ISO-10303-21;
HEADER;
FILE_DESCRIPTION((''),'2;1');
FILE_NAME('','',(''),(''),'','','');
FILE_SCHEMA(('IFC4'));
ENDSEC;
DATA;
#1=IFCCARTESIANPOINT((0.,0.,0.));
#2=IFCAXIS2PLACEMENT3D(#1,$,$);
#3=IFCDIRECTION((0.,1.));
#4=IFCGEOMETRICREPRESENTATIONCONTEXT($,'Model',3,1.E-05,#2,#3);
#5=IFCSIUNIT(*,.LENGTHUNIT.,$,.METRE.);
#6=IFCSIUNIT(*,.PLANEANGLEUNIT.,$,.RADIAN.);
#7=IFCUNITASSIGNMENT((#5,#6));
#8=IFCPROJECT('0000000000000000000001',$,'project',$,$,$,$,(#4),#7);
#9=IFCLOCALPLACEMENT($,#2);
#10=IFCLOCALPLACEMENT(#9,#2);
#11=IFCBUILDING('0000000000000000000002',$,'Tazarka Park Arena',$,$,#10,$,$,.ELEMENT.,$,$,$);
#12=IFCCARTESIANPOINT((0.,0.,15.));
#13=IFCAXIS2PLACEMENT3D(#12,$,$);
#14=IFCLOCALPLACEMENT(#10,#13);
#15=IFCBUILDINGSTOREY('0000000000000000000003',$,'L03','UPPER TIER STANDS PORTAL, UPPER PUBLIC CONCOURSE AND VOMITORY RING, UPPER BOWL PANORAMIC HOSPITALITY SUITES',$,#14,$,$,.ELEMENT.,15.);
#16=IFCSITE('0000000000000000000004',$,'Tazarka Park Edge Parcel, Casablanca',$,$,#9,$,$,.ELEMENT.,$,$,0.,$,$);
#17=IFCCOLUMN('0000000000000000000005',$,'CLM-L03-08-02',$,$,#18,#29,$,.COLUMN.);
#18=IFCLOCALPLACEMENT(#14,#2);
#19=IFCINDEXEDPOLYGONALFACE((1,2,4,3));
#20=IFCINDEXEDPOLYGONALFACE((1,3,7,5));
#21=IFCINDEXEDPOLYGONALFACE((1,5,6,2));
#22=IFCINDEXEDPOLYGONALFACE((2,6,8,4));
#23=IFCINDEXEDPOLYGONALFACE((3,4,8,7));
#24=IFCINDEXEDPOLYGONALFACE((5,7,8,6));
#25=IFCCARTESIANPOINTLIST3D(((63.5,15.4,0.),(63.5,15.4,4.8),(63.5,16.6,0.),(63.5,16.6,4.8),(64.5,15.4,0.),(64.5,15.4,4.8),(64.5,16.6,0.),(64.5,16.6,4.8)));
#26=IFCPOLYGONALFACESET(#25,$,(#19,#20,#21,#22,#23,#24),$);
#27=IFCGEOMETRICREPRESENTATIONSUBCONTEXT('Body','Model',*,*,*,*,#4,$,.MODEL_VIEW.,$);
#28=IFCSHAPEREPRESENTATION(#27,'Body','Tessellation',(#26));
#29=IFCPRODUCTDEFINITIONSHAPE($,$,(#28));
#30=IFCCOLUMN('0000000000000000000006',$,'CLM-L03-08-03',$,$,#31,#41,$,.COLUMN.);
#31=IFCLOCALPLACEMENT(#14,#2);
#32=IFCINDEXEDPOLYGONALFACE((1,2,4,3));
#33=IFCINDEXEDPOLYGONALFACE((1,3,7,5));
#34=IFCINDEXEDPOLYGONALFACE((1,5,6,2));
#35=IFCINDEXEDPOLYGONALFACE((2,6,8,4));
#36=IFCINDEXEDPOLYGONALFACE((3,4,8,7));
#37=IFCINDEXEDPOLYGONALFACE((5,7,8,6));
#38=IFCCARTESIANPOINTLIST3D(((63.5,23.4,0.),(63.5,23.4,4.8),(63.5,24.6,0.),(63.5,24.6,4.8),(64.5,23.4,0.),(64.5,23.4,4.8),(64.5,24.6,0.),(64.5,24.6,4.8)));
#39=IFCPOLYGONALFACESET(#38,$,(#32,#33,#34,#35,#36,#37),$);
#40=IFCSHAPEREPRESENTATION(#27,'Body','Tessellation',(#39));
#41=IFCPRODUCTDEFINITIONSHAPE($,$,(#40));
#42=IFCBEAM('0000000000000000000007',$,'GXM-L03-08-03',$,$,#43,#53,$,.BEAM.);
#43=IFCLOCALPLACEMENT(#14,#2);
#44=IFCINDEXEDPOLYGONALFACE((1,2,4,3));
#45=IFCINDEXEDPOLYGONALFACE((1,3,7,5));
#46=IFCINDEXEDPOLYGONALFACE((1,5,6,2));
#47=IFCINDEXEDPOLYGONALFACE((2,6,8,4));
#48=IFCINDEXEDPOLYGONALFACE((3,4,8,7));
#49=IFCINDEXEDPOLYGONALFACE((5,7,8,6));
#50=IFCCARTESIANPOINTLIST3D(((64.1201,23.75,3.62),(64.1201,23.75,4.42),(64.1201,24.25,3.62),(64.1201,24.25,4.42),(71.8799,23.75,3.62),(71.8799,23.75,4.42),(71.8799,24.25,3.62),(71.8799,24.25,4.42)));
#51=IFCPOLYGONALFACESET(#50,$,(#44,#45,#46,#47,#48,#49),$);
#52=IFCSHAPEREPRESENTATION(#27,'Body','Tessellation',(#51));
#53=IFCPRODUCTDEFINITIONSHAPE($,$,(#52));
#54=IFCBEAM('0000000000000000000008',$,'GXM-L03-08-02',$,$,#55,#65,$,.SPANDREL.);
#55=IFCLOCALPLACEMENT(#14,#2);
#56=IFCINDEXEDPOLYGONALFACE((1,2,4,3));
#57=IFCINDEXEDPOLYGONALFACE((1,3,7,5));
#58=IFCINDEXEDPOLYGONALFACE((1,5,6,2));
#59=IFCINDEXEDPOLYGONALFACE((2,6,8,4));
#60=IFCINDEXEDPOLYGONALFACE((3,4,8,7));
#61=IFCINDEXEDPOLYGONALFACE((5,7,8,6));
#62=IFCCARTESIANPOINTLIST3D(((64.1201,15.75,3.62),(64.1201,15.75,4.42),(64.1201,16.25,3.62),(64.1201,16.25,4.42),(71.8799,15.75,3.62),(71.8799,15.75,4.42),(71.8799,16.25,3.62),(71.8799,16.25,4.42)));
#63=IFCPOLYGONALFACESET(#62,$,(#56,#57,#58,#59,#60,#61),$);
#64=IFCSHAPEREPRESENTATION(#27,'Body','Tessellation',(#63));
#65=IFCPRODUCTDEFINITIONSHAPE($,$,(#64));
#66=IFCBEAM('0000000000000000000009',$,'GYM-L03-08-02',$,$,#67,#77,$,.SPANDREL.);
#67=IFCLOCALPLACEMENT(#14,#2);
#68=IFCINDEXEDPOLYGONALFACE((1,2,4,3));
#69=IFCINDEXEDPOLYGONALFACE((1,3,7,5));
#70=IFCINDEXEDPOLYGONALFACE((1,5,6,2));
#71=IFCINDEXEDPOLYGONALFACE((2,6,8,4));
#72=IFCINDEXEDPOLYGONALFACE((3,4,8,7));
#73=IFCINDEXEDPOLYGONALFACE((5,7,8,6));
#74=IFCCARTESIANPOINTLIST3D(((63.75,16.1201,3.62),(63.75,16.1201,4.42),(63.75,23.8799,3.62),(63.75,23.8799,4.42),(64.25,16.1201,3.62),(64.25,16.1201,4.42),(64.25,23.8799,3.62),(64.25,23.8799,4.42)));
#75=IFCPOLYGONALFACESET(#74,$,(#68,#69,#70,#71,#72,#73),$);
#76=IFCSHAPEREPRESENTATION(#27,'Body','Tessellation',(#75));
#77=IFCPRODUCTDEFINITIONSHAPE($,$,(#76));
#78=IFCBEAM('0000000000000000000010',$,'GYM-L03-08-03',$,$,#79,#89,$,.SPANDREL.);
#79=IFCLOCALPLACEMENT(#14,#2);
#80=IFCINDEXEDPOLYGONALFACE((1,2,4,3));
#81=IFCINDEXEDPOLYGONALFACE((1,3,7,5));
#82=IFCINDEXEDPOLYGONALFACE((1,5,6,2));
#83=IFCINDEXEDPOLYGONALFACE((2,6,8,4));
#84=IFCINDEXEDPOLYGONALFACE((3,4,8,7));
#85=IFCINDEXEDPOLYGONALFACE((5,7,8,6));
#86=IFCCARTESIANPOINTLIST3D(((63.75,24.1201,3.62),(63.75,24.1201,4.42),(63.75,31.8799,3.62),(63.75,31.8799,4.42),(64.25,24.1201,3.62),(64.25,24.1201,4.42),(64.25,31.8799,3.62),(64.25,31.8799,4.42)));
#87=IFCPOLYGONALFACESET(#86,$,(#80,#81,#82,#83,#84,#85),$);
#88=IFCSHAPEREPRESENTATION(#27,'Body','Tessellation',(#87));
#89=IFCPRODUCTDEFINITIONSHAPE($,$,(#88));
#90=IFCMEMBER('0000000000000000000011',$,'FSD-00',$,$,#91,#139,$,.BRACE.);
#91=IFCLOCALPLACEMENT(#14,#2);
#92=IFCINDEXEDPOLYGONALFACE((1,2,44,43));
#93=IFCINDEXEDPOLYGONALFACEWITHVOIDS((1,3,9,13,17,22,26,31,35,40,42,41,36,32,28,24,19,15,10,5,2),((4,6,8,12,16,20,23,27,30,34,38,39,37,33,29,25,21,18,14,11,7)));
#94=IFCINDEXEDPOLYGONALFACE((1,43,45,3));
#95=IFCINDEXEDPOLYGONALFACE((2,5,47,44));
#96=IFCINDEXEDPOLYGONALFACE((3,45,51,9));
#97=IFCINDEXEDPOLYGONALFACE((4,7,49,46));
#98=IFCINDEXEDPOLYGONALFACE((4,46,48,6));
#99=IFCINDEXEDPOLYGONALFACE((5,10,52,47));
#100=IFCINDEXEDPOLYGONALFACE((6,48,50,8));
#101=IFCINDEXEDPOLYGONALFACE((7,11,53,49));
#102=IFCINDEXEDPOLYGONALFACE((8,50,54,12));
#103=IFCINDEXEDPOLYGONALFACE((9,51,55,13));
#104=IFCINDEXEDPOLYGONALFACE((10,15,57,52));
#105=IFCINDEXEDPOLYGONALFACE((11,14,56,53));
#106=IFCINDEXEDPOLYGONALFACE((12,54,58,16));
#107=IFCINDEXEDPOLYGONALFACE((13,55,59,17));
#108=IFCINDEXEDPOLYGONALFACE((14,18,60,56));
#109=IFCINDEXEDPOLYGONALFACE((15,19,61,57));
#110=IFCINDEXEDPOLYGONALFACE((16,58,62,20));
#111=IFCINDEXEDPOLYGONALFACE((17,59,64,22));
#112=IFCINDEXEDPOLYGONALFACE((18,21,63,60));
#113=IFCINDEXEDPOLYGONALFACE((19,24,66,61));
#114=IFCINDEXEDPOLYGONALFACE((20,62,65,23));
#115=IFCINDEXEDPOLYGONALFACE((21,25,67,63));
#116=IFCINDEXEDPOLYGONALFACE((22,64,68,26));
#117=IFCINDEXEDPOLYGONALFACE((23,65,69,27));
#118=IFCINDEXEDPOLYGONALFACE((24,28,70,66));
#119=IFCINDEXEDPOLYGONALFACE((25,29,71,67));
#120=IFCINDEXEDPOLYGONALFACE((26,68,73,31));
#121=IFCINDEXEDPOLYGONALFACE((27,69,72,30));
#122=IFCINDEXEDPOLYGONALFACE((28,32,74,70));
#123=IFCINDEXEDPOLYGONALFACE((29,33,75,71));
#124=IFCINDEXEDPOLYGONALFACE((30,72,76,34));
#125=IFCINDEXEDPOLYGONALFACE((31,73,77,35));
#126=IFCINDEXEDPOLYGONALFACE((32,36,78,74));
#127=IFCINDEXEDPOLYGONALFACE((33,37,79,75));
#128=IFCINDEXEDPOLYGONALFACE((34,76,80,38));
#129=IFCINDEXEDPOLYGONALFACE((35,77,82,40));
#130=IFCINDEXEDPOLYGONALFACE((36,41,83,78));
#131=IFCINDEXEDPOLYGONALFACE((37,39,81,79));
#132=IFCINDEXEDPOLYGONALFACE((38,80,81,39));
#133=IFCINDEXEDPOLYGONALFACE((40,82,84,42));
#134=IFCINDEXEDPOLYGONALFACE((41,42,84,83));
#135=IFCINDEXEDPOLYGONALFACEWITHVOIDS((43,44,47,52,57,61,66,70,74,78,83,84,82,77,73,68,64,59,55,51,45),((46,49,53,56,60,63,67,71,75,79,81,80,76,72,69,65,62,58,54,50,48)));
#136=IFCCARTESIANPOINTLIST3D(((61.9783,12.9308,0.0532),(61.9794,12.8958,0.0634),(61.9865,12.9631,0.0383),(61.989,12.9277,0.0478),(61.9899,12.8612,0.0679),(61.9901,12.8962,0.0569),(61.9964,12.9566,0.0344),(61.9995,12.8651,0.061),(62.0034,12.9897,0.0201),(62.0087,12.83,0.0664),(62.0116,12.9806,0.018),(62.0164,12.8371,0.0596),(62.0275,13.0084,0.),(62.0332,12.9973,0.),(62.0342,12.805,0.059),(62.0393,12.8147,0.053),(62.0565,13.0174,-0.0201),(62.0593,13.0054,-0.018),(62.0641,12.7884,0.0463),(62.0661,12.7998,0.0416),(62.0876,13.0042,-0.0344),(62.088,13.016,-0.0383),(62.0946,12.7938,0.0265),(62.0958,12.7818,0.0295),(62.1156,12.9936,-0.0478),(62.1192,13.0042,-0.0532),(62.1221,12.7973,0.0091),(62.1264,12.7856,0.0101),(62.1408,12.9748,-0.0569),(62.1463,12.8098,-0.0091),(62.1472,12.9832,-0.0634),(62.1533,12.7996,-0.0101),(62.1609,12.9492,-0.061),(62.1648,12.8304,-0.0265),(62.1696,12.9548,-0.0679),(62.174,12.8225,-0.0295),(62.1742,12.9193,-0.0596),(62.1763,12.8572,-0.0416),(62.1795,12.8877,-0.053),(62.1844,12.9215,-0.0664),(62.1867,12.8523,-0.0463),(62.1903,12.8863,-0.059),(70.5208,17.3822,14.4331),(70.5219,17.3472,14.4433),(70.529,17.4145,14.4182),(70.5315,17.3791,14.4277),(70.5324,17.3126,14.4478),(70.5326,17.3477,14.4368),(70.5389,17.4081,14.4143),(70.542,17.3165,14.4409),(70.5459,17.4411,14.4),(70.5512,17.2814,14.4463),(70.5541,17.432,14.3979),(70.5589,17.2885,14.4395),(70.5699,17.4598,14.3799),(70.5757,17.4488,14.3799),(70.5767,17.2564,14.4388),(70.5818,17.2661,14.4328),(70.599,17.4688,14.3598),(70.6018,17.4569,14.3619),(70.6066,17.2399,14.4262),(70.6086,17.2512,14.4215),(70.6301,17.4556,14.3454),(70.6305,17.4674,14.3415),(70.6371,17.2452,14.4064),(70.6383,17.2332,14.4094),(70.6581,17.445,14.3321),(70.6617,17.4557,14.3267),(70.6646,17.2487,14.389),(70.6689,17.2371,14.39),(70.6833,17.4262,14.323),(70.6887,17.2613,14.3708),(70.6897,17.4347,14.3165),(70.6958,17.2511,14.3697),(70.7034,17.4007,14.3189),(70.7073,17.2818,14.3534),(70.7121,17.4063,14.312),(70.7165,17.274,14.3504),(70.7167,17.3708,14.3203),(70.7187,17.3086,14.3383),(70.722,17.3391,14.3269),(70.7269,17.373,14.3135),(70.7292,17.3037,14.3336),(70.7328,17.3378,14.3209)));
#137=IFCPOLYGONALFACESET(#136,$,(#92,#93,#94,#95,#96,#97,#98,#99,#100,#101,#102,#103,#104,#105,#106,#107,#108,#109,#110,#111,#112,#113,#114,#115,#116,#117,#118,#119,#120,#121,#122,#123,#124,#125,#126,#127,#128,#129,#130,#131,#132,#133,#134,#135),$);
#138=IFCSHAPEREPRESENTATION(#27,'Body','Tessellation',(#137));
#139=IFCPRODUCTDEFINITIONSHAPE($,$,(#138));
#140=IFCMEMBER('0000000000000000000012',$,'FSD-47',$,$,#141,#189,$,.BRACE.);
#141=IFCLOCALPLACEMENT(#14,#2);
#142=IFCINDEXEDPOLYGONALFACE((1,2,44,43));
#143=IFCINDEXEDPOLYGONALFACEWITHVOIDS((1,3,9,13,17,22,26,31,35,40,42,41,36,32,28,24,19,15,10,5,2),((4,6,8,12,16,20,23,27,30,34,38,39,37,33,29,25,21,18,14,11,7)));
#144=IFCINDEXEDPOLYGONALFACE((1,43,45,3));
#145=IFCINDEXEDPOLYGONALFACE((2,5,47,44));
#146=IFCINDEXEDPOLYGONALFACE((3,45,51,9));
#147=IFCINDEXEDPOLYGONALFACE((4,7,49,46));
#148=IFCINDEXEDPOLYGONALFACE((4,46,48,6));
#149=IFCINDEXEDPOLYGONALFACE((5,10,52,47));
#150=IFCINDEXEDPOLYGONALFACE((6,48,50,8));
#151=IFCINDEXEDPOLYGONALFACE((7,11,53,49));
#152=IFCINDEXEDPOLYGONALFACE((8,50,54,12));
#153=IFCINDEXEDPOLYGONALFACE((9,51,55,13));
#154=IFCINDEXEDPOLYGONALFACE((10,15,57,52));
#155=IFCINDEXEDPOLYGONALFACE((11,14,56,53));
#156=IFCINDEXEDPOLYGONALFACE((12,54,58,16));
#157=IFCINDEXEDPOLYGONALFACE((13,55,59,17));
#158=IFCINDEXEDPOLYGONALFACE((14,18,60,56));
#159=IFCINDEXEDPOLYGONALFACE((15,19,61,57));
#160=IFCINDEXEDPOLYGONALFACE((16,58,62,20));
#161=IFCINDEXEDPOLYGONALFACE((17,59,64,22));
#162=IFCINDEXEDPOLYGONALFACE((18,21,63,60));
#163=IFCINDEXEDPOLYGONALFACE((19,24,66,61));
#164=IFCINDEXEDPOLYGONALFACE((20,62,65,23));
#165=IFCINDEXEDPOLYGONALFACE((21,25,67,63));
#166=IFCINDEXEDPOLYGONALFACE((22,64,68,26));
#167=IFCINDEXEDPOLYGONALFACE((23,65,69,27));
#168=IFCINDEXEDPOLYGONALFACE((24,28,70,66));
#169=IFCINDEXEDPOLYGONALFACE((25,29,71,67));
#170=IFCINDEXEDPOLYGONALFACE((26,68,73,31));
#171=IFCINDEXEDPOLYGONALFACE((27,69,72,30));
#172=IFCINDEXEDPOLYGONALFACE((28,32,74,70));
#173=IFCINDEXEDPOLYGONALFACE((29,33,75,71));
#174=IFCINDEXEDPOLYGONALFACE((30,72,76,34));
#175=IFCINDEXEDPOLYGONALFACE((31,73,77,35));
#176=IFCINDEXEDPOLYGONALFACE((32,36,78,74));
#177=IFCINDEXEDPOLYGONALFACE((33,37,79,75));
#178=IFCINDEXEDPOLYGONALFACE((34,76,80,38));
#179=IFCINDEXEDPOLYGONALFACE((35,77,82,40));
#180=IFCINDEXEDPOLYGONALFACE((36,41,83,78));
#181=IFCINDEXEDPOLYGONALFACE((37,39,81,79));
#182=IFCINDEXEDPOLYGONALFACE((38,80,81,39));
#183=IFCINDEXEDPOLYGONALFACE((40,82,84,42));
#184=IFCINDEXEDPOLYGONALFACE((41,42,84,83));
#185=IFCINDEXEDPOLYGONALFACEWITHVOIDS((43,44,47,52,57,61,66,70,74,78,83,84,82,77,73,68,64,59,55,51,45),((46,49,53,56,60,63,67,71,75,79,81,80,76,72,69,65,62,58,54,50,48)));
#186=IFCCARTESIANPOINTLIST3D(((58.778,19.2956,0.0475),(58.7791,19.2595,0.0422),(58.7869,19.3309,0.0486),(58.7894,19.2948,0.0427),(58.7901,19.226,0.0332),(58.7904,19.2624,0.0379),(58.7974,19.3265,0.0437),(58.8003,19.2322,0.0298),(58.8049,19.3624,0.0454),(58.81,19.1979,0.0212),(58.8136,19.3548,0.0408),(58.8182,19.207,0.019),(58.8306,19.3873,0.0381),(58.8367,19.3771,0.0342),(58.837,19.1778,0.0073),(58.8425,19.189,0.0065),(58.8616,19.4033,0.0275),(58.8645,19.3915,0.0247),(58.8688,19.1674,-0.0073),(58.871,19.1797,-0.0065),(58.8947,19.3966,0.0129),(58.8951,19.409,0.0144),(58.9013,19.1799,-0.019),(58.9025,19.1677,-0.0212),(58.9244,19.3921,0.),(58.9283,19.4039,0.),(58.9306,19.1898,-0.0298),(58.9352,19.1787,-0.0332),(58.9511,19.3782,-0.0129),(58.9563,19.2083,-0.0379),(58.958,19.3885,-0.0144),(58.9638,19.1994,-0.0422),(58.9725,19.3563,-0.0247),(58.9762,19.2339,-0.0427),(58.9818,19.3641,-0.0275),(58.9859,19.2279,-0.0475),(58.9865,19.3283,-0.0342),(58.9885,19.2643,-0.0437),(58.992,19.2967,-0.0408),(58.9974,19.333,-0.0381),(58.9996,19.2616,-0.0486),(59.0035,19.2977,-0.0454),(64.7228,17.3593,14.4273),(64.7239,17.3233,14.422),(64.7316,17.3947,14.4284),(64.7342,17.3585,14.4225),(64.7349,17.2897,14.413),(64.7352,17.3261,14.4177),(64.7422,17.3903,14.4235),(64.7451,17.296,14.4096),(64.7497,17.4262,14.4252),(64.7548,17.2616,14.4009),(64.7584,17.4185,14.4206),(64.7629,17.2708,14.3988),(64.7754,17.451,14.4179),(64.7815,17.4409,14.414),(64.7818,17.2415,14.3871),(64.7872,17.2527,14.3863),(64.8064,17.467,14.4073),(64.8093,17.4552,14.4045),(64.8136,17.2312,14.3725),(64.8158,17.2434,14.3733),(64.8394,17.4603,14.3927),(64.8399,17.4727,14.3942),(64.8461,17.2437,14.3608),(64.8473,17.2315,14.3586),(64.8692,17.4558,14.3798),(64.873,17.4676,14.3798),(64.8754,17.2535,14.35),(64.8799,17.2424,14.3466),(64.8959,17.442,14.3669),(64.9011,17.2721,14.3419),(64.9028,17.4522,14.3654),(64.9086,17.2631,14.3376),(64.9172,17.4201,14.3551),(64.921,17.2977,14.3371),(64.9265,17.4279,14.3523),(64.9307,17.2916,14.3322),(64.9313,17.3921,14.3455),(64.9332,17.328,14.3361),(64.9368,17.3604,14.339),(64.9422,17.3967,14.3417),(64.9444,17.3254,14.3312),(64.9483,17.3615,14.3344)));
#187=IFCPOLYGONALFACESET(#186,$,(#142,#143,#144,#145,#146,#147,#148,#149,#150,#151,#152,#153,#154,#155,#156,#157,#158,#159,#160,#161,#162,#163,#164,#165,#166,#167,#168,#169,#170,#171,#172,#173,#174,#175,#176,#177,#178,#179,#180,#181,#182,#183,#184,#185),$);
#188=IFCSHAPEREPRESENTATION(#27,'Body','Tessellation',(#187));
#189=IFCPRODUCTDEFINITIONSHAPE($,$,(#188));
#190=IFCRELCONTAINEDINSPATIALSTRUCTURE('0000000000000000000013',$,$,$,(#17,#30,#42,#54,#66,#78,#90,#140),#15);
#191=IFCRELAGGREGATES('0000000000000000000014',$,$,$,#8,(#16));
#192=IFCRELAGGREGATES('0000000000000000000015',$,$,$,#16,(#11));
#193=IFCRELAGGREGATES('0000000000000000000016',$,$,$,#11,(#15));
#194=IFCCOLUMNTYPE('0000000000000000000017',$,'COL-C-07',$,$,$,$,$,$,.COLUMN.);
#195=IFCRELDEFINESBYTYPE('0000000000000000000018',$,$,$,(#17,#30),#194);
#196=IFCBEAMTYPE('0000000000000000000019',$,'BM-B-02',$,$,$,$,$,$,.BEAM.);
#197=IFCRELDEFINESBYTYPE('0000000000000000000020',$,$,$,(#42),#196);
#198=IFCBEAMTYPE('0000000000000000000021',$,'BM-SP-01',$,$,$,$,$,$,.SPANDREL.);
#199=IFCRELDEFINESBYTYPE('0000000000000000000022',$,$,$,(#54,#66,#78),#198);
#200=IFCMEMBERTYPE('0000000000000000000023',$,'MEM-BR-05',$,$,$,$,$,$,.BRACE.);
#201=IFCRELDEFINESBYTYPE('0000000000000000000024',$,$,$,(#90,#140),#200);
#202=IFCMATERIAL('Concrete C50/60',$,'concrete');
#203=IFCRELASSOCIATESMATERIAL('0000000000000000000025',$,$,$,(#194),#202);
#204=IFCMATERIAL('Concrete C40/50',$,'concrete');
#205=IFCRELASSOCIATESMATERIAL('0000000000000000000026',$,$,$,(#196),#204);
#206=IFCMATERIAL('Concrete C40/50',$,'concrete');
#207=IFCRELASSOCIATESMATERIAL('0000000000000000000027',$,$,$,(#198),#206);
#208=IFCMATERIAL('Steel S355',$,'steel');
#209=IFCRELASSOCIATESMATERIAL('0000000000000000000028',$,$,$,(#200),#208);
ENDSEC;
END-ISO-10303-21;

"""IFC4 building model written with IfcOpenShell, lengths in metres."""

from ifc_helpers import new_model, si_unit, direction, frame, origin, origin_2d, place, context, subcontext, project, spatial, rectangle, hollow_circle, extrude, material, material_profile, profile_set, type_object, element, save


model = new_model("IFC4")

# Units and contexts
model_context = context("Model", 3, precision=1e-05, world=origin(), true_north=direction((0.0, 1.0)))
body_context = subcontext(model_context, "Body", "Model", "MODEL_VIEW")
ifc_project = project(units=[si_unit("LENGTHUNIT", "METRE"), si_unit("PLANEANGLEUNIT", "RADIAN")], contexts=[model_context])

# Site, building, storey
site_placement = place(None, origin())
site = spatial("IfcSite", under=ifc_project, at=site_placement, Name="Tazarka Park Edge Parcel, Casablanca", CompositionType="ELEMENT", RefElevation=0.0)
building_placement = place(site_placement, origin())
building = spatial("IfcBuilding", under=site, at=building_placement, Name="Tazarka Park Arena", CompositionType="ELEMENT")
storey_placement = place(building_placement, frame((0.0, 0.0, 15.0)))
storey = spatial("IfcBuildingStorey", under=building, at=storey_placement, Name="L03", Description="UPPER TIER STANDS PORTAL, UPPER PUBLIC CONCOURSE AND VOMITORY RING, UPPER BOWL PANORAMIC HOSPITALITY SUITES", CompositionType="ELEMENT", Elevation=15.0)

# Columns
ifc_material_1 = material(Name="Concrete C50/60", Category="concrete")
ifc_material_profile_1 = material_profile(ifc_material_1, rectangle(XDim=1.0, YDim=1.2, at=origin_2d()), Name="Concrete C50/60")
ifc_profile_set_1 = profile_set([ifc_material_profile_1], Name="Concrete C50/60")
column_type = type_object("IfcColumnType", Name="COL-C-07", PredefinedType="COLUMN", material=ifc_profile_set_1)
for number, where, z_axis, x_axis, name in (
    (1, (64.0, 16.0, 0.0), (0.0, 0.0, 1.0), (1.0, 0.0, 0.0), "CLM-L03-08-02"),
    (2, (64.0, 24.0, 0.0), (0.0, 0.0, 1.0), (1.0, 0.0, 0.0), "CLM-L03-08-03"),
):
    element("IfcColumn", number, at=place(storey_placement, frame(where, z_axis=z_axis, x_axis=x_axis)), inside=storey, type_object=column_type, Name=name, PredefinedType="COLUMN", context=body_context, shape_type="SweptSolid", body=[
        extrude(rectangle(XDim=1.0, YDim=1.2, at=origin_2d()), origin(), (0.0, 0.0, 1.0), 4.8),
    ])

# Beams
ifc_material_2 = material(Name="Concrete C40/50", Category="concrete")
ifc_material_profile_2 = material_profile(ifc_material_2, rectangle(XDim=0.5, YDim=0.8, at=origin_2d()), Name="Concrete C40/50")
ifc_profile_set_2 = profile_set([ifc_material_profile_2], Name="Concrete C40/50")
beam_type_1 = type_object("IfcBeamType", Name="BM-B-02", PredefinedType="BEAM", material=ifc_profile_set_2)
beam_placement = place(storey_placement, frame((64.1201, 24.0, 4.02), z_axis=(1.0, 0.0, 0.0), x_axis=(0.0, 1.0, 0.0)))
element("IfcBeam", 3, at=beam_placement, inside=storey, type_object=beam_type_1, Name="GXM-L03-08-03", PredefinedType="BEAM", context=body_context, shape_type="SweptSolid", body=[
    extrude(rectangle(XDim=0.5, YDim=0.8, at=origin_2d()), origin(), (0.0, 0.0, 1.0), 7.7598),
])
ifc_material_3 = material(Name="Concrete C40/50", Category="concrete")
ifc_material_profile_3 = material_profile(ifc_material_3, rectangle(XDim=0.5, YDim=0.8, at=origin_2d()), Name="Concrete C40/50")
ifc_profile_set_3 = profile_set([ifc_material_profile_3], Name="Concrete C40/50")
beam_type_2 = type_object("IfcBeamType", Name="BM-SP-01", PredefinedType="SPANDREL", material=ifc_profile_set_3)
for number, where, z_axis, x_axis, name in (
    (4, (64.1201, 16.0, 4.02), (1.0, 0.0, 0.0), (0.0, 1.0, 0.0), "GXM-L03-08-02"),
    (5, (64.0, 16.1201, 4.02), (0.0, 1.0, 0.0), (-1.0, 0.0, 0.0), "GYM-L03-08-02"),
    (6, (64.0, 24.1201, 4.02), (0.0, 1.0, 0.0), (-1.0, 0.0, 0.0), "GYM-L03-08-03"),
):
    element("IfcBeam", number, at=place(storey_placement, frame(where, z_axis=z_axis, x_axis=x_axis)), inside=storey, type_object=beam_type_2, Name=name, PredefinedType="SPANDREL", context=body_context, shape_type="SweptSolid", body=[
        extrude(rectangle(XDim=0.5, YDim=0.8, at=origin_2d()), origin(), (0.0, 0.0, 1.0), 7.7598),
    ])

# Members
ifc_material_4 = material(Name="Steel S355", Category="steel")
ifc_material_profile_4 = material_profile(ifc_material_4, hollow_circle(Radius=0.1223, WallThickness=0.0125, at=origin_2d()), Name="Steel S355")
ifc_profile_set_4 = profile_set([ifc_material_profile_4], Name="Steel S355")
member_type_1 = type_object("IfcMemberType", Name="MEM-BR-05", PredefinedType="BRACE", material=ifc_profile_set_4)
member_1_placement = place(storey_placement, frame((62.084, 12.8999, 0.0), z_axis=(0.493554, 0.257187, 0.830818), x_axis=(-0.462115, 0.88682, 0.0)))
element("IfcMember", 7, at=member_1_placement, inside=storey, type_object=member_type_1, Name="FSD-00", PredefinedType="BRACE", context=body_context, shape_type="SweptSolid", body=[
    extrude(hollow_circle(Radius=0.1223, WallThickness=0.0125, at=origin_2d()), origin(), (0.0, 0.0, 1.0), 17.3081),
])
member_2_placement = place(storey_placement, frame((58.8904, 19.2876, 0.0), z_axis=(0.379127, -0.123485, 0.917068), x_axis=(0.309695, 0.950836, 0.0)))
element("IfcMember", 8, at=member_2_placement, inside=storey, type_object=member_type_1, Name="FSD-47", PredefinedType="BRACE", context=body_context, shape_type="SweptSolid", body=[
    extrude(hollow_circle(Radius=0.1223, WallThickness=0.0125, at=origin_2d()), origin(), (0.0, 0.0, 1.0), 15.6802),
])

save(model, "model.ifc")
